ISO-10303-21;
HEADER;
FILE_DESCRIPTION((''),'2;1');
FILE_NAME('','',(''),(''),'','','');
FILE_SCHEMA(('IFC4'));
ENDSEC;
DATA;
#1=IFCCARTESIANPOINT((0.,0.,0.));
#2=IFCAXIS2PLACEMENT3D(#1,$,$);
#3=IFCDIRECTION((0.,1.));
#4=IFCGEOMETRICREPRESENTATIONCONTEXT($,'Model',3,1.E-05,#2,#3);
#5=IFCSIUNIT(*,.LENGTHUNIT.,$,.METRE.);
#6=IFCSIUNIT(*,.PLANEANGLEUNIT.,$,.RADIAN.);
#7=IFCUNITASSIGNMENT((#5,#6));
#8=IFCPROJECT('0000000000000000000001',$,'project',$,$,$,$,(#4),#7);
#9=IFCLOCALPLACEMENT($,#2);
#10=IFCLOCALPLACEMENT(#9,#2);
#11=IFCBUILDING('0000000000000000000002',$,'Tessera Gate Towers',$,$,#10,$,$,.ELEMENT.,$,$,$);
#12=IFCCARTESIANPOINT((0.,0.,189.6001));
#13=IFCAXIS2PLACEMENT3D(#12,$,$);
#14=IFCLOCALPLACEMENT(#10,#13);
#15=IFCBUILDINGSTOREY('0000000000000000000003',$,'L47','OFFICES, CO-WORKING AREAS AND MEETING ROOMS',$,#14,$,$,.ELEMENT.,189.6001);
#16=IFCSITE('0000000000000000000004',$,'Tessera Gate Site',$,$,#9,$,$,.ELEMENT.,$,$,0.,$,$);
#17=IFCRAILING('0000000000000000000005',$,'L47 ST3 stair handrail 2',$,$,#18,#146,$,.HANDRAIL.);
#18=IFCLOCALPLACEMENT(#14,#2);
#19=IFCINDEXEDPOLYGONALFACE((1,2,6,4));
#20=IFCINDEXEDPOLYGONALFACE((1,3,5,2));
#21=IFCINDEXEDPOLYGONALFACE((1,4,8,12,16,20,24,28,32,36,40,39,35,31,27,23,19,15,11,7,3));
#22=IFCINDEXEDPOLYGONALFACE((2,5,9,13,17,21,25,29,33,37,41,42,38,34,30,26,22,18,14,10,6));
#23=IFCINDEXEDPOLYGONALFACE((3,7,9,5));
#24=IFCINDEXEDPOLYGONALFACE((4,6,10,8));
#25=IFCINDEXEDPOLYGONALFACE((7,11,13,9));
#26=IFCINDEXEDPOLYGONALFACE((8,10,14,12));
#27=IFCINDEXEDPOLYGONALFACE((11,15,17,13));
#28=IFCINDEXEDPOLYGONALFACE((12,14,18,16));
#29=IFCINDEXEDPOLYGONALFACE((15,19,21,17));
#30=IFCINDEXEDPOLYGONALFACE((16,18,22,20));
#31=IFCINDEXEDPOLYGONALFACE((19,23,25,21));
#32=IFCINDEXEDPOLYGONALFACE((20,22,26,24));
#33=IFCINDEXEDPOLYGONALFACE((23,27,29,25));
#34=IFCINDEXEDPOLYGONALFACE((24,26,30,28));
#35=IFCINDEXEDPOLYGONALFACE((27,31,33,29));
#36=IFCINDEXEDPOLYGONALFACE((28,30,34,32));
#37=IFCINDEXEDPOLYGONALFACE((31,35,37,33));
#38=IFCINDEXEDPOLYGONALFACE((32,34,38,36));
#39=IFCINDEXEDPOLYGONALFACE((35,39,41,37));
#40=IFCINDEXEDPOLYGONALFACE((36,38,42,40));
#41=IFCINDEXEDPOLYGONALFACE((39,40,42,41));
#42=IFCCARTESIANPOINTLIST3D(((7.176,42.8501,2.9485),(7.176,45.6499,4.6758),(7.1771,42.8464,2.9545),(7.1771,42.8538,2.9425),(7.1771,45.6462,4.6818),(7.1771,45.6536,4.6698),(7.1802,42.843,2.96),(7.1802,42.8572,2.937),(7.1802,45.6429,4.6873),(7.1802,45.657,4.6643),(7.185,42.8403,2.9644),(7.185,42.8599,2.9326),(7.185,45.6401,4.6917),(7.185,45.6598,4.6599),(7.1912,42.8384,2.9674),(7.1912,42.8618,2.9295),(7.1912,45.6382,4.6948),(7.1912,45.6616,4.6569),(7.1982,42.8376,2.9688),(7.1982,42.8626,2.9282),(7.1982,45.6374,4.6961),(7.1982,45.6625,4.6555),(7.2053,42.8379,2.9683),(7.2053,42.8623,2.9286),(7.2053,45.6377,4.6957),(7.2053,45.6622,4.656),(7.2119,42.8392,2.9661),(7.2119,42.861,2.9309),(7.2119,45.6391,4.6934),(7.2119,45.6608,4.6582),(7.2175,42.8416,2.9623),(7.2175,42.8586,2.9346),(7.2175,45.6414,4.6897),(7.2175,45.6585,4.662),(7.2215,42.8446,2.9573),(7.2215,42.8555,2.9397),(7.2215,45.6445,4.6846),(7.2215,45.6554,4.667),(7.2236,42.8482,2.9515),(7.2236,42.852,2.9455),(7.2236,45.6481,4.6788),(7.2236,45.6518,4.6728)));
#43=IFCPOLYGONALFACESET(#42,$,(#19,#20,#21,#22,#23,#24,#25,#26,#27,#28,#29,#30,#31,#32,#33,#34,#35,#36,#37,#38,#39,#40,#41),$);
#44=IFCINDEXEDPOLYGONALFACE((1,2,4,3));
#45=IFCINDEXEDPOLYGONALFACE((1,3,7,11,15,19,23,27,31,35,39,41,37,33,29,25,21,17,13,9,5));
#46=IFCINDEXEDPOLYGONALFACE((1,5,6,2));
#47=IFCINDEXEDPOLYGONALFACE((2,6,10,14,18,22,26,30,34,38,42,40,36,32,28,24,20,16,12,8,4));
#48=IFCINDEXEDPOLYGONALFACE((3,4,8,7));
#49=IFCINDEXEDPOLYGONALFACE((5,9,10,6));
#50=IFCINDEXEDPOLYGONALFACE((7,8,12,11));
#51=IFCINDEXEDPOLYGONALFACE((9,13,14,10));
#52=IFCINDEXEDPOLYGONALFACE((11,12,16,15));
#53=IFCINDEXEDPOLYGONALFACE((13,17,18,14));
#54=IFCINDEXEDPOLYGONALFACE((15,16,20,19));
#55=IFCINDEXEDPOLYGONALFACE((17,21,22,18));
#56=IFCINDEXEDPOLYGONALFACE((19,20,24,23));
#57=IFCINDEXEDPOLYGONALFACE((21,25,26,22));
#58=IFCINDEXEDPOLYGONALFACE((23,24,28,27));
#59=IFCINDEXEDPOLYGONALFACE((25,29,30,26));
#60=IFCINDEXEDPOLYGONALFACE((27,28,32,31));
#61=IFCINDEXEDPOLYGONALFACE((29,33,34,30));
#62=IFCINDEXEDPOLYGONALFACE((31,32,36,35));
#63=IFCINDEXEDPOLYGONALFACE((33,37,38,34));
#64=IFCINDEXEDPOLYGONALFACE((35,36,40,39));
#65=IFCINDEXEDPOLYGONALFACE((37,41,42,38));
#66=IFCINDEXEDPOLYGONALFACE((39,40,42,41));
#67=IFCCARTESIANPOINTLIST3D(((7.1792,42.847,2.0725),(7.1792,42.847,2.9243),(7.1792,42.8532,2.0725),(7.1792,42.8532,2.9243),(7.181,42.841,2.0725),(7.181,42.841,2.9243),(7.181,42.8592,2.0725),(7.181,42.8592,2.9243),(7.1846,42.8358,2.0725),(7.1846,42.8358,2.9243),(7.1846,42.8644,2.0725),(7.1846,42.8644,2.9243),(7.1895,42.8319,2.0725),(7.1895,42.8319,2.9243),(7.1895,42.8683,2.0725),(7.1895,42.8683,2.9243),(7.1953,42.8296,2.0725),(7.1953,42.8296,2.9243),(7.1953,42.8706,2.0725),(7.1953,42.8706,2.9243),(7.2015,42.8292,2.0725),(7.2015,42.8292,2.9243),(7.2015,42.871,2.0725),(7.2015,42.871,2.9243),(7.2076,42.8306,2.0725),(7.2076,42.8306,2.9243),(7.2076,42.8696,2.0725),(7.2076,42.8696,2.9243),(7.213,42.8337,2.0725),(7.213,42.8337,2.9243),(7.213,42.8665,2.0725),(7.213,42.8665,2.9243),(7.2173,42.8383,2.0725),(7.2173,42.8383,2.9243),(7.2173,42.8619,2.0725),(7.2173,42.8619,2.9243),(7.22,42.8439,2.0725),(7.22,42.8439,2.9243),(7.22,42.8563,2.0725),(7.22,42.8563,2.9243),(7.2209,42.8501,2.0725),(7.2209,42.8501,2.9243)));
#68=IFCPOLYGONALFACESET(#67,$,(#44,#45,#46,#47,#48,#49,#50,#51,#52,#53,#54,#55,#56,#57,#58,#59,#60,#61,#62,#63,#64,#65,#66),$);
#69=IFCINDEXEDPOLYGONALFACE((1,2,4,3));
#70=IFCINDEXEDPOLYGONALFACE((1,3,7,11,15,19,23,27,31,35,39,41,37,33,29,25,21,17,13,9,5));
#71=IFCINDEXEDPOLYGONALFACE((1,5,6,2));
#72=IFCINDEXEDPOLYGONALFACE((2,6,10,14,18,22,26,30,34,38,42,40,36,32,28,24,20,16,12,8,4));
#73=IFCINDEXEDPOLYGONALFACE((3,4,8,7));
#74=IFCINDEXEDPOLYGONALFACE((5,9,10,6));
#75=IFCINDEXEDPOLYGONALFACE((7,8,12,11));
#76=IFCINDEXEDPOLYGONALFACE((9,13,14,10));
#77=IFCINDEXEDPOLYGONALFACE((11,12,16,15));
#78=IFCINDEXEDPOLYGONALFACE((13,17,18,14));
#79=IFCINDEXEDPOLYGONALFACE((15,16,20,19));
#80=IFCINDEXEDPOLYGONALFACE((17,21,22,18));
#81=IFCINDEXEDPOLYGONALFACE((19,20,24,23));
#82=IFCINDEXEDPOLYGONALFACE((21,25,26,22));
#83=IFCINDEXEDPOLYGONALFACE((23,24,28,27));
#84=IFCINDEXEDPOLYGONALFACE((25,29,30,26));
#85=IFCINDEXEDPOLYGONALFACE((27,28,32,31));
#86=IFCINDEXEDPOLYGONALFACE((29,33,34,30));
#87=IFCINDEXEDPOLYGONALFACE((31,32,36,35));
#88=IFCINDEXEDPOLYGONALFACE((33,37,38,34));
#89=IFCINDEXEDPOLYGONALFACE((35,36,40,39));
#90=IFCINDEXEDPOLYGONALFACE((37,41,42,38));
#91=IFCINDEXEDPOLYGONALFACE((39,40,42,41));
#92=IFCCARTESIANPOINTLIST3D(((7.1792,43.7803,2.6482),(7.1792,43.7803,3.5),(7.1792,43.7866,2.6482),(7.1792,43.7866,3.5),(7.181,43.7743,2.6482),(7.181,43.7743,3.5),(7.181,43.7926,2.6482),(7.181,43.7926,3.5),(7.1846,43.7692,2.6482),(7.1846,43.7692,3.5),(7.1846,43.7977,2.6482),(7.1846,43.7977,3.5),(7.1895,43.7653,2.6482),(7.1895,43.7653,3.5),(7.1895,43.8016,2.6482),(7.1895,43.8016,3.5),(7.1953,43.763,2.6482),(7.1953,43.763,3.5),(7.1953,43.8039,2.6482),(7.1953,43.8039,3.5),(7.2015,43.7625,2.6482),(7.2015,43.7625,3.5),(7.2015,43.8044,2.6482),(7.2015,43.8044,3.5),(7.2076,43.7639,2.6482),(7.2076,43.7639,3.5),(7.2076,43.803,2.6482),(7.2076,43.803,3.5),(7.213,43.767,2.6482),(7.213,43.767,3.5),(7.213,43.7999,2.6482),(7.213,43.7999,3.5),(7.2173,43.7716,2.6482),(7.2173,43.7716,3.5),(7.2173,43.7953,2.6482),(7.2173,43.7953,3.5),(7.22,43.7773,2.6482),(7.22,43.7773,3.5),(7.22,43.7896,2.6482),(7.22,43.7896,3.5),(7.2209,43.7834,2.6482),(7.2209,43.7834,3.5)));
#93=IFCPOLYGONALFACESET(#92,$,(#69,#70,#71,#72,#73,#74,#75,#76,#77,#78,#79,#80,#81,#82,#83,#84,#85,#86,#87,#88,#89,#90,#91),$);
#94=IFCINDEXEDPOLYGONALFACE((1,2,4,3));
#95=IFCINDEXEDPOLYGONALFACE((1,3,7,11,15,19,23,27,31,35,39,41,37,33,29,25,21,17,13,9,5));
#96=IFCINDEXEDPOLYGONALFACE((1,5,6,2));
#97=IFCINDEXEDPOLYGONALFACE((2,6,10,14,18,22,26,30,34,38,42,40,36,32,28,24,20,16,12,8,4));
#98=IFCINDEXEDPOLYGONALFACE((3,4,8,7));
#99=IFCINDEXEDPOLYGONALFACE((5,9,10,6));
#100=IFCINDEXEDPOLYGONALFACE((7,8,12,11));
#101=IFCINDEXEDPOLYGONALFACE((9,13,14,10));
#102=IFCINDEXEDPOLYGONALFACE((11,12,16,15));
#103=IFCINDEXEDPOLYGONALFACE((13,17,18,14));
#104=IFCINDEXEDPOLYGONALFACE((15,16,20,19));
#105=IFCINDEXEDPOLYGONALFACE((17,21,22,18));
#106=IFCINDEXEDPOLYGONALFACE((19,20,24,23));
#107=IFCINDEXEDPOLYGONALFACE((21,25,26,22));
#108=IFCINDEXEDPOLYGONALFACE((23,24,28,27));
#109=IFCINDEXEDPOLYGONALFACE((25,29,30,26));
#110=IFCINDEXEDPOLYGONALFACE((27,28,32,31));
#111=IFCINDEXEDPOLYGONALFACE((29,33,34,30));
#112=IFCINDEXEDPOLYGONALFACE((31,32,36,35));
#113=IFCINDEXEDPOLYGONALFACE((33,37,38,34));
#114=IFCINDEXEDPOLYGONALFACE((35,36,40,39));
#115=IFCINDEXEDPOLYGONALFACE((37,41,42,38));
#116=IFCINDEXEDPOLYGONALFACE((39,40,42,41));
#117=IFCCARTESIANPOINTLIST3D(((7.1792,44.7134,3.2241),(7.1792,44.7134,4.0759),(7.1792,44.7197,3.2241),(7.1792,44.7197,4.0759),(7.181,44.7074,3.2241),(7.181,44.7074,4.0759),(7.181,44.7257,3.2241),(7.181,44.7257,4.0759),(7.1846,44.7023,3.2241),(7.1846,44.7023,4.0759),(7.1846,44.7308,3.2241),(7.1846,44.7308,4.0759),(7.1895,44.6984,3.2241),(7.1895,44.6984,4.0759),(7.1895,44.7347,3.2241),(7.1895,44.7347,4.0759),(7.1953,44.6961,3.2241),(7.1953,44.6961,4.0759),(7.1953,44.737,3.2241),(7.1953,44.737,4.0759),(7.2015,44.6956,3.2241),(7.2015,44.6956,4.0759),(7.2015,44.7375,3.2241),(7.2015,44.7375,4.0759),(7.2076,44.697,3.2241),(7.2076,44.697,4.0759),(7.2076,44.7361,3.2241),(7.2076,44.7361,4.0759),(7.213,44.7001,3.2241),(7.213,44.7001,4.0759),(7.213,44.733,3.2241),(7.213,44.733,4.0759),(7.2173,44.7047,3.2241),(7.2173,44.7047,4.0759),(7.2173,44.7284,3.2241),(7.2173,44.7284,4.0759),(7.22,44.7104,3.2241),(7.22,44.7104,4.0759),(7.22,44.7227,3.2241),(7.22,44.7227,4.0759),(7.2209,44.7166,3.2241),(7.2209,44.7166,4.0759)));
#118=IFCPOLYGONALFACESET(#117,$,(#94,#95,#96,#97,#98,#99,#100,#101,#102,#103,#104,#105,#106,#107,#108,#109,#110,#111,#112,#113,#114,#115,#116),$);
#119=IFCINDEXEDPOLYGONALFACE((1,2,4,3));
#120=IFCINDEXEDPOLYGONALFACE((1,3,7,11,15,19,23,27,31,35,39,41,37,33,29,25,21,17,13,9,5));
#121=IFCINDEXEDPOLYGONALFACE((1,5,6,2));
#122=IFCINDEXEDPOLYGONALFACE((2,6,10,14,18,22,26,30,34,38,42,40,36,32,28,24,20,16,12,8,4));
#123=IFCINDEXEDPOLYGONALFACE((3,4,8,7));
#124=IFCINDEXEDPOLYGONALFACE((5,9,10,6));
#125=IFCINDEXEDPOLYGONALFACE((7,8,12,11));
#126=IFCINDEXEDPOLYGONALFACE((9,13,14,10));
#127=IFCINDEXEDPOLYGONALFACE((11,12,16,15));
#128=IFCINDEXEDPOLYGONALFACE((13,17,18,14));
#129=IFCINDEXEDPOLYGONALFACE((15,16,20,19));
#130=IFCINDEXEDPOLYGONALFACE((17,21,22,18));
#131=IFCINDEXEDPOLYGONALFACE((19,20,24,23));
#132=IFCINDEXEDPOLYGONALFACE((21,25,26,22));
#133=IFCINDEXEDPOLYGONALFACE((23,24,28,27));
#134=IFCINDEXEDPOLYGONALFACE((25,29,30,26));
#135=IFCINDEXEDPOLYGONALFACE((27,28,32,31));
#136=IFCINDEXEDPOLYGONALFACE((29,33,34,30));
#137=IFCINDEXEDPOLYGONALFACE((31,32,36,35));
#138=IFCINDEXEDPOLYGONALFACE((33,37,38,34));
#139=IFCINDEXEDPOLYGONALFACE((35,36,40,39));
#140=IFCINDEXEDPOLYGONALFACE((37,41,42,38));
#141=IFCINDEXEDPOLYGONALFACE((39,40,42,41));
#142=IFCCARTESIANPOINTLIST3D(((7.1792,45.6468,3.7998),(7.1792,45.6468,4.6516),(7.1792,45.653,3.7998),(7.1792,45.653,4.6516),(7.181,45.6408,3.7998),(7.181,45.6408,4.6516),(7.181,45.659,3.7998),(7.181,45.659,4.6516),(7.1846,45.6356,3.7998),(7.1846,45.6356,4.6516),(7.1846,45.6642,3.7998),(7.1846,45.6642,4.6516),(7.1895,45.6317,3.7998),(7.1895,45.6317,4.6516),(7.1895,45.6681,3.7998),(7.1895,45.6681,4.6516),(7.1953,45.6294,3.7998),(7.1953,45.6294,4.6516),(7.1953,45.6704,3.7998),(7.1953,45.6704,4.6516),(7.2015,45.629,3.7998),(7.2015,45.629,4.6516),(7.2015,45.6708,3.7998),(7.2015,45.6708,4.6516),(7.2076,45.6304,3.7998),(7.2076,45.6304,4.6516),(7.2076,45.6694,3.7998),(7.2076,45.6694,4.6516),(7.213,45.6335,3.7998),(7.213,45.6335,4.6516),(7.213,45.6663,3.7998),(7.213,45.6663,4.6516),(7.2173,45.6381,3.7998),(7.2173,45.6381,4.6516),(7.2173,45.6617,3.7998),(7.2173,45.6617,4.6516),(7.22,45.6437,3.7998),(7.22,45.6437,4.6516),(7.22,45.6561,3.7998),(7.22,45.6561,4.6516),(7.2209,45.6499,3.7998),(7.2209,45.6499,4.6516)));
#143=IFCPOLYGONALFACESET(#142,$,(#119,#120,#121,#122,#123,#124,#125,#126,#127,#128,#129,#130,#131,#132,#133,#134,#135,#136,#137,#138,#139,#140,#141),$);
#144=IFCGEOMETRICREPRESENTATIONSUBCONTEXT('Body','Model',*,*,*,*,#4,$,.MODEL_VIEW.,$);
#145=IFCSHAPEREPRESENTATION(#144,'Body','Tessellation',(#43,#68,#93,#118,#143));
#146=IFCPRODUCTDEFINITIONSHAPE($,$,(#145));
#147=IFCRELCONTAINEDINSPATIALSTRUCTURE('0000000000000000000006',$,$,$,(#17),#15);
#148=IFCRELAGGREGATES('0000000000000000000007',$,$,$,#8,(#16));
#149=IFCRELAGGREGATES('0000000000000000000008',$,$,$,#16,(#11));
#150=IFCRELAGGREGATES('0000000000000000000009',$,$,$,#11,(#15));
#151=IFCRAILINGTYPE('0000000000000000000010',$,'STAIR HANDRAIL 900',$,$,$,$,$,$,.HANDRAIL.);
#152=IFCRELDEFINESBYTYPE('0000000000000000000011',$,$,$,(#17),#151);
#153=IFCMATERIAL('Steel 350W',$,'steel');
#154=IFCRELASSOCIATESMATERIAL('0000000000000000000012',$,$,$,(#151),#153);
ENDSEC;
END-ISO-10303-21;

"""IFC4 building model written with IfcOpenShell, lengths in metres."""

from ifc_helpers import new_model, si_unit, direction, frame, origin, origin_2d, place, context, subcontext, project, spatial, circle, extrude, material, type_object, element, save


model = new_model("IFC4")

# Units and contexts
model_context = context("Model", 3, precision=1e-05, world=origin(), true_north=direction((0.0, 1.0)))
body_context = subcontext(model_context, "Body", "Model", "MODEL_VIEW")
ifc_project = project(units=[si_unit("LENGTHUNIT", "METRE"), si_unit("PLANEANGLEUNIT", "RADIAN")], contexts=[model_context])

# Site, building, storey
site_placement = place(None, origin())
site = spatial("IfcSite", under=ifc_project, at=site_placement, Name="Tessera Gate Site", CompositionType="ELEMENT", RefElevation=0.0)
building_placement = place(site_placement, origin())
building = spatial("IfcBuilding", under=site, at=building_placement, Name="Tessera Gate Towers", CompositionType="ELEMENT")
storey_placement = place(building_placement, frame((0.0, 0.0, 189.6001)))
storey = spatial("IfcBuildingStorey", under=building, at=storey_placement, Name="L47", Description="OFFICES, CO-WORKING AREAS AND MEETING ROOMS", CompositionType="ELEMENT", Elevation=189.6001)

# Railing
ifc_material_1 = material(Name="Steel 350W", Category="steel")
railing_type = type_object("IfcRailingType", Name="STAIR HANDRAIL 900", PredefinedType="HANDRAIL", material=ifc_material_1)
railing_1_placement = place(storey_placement, frame((7.2, 42.8501, 2.0725)))
element("IfcRailing", 1, at=railing_1_placement, inside=storey, type_object=railing_type, Name="L47 ST3 stair handrail 2", PredefinedType="HANDRAIL", context=body_context, shape_type="SweptSolid", body=[
    extrude(circle(Radius=0.0239, at=origin_2d()), frame((0.0, 0.0, 0.876), z_axis=(0.0, 0.851069, 0.525054), x_axis=(-1.0, 0.0, 0.0)), (0.0, 0.0, 1.0), 3.2898),
    extrude(circle(Radius=0.021, at=origin_2d()), origin(), (0.0, 0.0, 1.0), 0.8518),
    extrude(circle(Radius=0.021, at=origin_2d()), frame((0.0, 0.9333, 0.5757)), (0.0, 0.0, 1.0), 0.8518),
    extrude(circle(Radius=0.021, at=origin_2d()), frame((0.0, 1.8665, 1.1516)), (0.0, 0.0, 1.0), 0.8518),
    extrude(circle(Radius=0.021, at=origin_2d()), frame((0.0, 2.7998, 1.7273)), (0.0, 0.0, 1.0), 0.8518),
])

save(model, "model.ifc")
